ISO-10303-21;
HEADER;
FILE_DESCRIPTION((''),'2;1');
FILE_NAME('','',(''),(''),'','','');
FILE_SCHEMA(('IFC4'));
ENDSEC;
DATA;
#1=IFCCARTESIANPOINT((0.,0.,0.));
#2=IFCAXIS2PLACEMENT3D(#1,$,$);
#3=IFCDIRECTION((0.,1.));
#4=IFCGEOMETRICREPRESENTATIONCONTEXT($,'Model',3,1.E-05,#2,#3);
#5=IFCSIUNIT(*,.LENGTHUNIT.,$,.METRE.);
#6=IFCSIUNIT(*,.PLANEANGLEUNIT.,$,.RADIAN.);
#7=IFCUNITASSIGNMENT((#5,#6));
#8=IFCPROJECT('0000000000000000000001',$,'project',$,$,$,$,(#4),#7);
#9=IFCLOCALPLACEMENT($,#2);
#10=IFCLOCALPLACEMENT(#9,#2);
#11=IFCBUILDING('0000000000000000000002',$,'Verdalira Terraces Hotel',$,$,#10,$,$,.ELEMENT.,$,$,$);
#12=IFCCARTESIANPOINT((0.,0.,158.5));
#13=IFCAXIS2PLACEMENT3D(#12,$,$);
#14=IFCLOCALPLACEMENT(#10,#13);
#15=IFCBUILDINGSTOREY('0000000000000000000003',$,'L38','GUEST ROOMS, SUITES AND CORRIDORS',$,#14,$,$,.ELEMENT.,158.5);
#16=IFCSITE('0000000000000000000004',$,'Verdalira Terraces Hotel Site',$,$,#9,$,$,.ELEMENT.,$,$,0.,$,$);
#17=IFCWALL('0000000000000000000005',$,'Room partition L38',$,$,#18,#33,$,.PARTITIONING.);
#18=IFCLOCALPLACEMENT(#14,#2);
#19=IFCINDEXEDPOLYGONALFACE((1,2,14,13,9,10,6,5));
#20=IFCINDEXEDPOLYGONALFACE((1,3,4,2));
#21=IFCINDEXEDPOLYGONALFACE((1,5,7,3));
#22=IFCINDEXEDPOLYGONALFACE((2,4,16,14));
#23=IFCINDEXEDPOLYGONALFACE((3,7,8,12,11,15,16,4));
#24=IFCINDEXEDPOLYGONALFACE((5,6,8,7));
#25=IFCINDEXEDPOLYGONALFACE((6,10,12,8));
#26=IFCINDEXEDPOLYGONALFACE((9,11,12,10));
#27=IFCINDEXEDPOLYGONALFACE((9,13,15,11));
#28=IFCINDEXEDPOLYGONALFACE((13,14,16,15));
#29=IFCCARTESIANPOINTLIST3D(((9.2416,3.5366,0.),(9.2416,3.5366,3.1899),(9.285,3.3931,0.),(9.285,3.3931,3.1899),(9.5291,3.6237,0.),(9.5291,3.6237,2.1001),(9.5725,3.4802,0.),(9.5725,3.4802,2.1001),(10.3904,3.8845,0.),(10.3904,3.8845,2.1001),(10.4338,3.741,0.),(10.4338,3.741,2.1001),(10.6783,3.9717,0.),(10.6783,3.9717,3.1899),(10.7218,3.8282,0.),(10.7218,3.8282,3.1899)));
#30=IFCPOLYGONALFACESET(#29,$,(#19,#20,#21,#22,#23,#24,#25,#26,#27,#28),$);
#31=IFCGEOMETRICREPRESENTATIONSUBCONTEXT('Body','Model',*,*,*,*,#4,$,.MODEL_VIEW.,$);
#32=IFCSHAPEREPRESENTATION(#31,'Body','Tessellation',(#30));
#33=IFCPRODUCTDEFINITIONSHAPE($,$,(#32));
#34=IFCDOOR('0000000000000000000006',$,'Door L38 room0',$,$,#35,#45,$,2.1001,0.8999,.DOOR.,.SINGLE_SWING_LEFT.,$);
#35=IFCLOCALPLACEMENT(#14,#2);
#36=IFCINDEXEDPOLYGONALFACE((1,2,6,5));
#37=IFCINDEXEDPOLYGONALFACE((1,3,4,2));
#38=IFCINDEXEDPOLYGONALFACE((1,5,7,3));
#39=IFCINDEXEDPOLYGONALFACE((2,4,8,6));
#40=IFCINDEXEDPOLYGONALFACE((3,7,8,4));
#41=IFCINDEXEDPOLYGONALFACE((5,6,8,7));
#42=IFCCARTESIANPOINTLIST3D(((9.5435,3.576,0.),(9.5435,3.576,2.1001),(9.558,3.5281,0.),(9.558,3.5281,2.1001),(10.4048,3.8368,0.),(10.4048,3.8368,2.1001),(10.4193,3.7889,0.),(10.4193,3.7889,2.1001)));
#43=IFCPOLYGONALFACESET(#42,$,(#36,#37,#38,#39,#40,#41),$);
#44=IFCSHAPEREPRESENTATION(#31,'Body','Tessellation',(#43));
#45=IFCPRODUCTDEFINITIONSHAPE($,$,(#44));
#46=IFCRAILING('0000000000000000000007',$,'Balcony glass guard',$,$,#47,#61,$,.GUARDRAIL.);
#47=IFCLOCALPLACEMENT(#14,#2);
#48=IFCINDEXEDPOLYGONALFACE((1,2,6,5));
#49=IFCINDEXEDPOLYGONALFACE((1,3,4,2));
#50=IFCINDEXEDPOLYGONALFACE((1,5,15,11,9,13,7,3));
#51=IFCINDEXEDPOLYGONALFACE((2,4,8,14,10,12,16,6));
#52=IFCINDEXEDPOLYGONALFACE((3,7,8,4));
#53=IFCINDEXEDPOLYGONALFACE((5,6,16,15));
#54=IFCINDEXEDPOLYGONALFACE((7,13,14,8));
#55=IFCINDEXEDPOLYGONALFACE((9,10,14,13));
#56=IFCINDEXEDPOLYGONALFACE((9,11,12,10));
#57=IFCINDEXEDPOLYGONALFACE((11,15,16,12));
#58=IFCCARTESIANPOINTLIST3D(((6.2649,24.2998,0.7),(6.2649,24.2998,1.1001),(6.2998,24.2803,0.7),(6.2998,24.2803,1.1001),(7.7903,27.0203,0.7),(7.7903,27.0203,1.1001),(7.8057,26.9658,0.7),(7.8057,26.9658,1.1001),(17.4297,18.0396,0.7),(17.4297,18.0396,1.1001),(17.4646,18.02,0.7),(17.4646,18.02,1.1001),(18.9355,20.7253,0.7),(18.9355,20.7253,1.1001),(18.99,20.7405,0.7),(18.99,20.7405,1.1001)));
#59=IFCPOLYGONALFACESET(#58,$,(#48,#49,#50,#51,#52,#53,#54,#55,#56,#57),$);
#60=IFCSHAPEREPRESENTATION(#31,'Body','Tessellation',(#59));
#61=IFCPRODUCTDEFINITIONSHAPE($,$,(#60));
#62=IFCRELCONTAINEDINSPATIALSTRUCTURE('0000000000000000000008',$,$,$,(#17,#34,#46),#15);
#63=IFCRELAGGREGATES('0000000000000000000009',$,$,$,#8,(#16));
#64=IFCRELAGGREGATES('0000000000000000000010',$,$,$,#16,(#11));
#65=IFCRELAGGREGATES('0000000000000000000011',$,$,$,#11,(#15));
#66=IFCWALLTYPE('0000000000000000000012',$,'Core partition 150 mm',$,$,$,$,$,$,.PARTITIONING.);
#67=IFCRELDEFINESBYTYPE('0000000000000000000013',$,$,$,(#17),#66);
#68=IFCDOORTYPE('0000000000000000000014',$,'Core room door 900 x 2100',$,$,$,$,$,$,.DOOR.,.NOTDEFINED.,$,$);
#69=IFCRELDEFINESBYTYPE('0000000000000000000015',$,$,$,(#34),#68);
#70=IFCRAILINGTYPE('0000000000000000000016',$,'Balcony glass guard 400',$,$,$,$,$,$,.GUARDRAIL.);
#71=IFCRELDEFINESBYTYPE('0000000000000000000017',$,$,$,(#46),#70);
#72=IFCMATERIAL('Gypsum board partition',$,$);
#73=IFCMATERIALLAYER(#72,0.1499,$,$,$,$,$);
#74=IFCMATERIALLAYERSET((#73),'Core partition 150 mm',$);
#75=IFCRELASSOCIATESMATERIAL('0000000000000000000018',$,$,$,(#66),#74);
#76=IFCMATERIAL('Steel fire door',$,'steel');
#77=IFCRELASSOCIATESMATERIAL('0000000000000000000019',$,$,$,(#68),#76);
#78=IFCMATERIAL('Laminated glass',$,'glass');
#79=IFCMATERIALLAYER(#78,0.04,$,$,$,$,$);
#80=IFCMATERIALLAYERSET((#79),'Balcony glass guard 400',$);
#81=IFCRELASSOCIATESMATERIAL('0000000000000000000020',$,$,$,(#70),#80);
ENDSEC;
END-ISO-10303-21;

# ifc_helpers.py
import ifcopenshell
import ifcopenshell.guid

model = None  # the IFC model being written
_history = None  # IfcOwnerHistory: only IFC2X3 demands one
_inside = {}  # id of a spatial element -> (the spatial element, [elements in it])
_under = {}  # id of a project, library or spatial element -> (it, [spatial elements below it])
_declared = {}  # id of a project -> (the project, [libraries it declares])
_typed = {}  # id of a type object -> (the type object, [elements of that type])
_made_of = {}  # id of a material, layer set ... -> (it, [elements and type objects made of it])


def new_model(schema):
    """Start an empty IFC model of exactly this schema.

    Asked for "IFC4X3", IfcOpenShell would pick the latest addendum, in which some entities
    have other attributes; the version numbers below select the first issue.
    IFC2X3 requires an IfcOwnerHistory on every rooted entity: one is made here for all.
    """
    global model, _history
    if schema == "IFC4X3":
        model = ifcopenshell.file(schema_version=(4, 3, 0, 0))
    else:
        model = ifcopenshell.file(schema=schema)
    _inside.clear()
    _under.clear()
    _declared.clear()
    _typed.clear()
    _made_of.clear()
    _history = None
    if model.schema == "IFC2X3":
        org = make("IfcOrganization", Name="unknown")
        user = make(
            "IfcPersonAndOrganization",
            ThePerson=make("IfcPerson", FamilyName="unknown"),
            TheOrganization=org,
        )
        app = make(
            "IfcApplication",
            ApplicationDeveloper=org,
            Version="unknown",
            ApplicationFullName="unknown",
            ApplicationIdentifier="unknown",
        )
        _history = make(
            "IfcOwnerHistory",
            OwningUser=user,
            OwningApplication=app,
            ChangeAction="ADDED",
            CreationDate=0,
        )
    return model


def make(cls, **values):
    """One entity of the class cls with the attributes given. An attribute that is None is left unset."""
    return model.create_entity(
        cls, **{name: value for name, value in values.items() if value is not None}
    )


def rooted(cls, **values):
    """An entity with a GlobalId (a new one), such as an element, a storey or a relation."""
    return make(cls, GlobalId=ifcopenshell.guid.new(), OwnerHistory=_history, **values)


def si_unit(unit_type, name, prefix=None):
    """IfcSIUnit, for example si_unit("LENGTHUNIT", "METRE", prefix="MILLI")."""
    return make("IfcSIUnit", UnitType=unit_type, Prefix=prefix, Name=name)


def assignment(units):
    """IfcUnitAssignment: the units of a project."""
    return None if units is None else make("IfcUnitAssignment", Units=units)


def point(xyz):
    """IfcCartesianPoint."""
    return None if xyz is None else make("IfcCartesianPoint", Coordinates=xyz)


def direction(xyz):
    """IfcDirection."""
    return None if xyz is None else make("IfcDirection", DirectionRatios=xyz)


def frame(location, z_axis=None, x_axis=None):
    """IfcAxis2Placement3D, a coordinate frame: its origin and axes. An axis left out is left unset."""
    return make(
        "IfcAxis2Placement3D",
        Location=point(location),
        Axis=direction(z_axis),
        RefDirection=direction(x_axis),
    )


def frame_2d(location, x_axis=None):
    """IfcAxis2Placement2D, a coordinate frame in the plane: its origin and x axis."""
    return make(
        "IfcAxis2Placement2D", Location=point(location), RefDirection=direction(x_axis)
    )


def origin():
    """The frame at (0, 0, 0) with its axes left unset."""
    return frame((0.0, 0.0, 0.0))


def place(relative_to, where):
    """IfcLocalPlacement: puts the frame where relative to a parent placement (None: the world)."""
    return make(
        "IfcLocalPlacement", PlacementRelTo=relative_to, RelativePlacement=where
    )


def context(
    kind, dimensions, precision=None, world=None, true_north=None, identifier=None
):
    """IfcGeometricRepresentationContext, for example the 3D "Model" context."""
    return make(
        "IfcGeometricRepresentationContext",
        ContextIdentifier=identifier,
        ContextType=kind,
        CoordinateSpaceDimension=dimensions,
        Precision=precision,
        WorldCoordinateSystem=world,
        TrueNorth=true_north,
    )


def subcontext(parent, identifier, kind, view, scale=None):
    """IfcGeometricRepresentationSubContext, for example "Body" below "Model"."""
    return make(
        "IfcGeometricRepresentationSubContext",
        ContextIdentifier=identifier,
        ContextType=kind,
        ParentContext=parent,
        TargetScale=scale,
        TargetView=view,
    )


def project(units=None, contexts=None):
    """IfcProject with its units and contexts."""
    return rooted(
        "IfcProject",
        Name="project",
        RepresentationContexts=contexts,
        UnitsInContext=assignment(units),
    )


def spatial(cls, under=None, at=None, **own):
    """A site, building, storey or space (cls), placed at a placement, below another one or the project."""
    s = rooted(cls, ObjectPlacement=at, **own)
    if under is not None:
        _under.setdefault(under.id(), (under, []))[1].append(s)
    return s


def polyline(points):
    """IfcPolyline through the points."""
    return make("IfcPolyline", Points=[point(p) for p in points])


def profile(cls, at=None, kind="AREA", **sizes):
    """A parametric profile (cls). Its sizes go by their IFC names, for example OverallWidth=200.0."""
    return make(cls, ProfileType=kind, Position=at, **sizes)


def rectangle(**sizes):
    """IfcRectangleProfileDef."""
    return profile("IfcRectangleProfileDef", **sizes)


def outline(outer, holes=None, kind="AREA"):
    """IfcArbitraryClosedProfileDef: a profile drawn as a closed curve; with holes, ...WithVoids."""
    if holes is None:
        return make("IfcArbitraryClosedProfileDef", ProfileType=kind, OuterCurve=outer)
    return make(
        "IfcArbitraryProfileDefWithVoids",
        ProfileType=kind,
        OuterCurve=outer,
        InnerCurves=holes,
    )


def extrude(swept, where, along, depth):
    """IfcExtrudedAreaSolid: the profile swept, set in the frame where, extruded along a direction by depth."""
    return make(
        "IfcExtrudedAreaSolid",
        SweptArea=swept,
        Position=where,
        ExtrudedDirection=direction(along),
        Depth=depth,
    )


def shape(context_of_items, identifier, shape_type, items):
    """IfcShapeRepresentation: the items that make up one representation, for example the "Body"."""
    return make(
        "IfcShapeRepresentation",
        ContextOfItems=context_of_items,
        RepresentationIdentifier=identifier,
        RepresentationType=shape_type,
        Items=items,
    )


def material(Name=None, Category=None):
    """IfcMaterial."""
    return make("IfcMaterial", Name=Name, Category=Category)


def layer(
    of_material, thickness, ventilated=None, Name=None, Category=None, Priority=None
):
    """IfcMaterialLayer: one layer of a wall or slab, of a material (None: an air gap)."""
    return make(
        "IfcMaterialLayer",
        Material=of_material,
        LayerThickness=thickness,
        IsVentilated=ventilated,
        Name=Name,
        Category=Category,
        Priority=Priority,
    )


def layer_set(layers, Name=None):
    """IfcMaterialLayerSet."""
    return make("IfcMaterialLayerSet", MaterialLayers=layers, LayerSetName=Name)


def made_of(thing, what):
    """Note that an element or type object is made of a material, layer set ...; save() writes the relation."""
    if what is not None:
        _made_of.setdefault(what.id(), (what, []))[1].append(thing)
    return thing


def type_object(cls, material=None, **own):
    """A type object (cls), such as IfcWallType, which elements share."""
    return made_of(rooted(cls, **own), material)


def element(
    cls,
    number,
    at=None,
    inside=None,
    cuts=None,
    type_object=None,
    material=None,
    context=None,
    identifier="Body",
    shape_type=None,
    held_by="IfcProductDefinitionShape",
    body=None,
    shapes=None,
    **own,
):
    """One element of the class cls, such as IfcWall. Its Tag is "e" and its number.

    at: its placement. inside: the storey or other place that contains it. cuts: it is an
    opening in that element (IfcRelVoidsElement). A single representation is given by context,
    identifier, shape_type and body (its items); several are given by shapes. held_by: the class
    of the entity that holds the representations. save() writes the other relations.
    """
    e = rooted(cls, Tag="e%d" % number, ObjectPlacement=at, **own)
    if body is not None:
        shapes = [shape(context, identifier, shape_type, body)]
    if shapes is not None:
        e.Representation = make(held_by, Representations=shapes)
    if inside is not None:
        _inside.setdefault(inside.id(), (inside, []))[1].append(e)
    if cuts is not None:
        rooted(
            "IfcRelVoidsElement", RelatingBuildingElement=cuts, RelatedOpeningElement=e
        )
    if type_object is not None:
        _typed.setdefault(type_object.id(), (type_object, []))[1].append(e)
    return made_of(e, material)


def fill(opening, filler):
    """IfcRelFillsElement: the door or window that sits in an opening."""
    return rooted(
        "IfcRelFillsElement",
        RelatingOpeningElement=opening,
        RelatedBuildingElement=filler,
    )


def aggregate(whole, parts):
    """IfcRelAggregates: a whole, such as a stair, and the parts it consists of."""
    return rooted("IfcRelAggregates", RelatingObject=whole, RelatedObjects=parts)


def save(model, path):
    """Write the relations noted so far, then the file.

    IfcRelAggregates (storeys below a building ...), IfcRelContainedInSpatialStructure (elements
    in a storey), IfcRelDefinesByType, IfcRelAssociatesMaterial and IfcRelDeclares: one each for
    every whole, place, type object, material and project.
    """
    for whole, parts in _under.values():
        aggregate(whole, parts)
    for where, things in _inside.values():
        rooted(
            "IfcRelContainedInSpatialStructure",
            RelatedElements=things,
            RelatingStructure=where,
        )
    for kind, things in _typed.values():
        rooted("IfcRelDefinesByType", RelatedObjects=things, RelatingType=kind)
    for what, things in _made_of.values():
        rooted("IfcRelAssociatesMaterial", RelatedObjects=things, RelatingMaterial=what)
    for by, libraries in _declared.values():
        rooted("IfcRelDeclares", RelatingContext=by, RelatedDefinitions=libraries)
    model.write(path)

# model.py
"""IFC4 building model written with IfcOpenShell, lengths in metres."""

from ifc_helpers import new_model, si_unit, direction, frame, frame_2d, origin, place, context, subcontext, project, spatial, polyline, rectangle, outline, extrude, material, layer, layer_set, type_object, element, fill, save


model = new_model("IFC4")

# Units and contexts
model_context = context("Model", 3, precision=1e-05, world=origin(), true_north=direction((0.0, 1.0)))
body_context = subcontext(model_context, "Body", "Model", "MODEL_VIEW")
ifc_project = project(units=[si_unit("LENGTHUNIT", "METRE"), si_unit("PLANEANGLEUNIT", "RADIAN")], contexts=[model_context])

# Site, building, storey
site_placement = place(None, origin())
site = spatial("IfcSite", under=ifc_project, at=site_placement, Name="Verdalira Terraces Hotel Site", CompositionType="ELEMENT", RefElevation=0.0)
building_placement = place(site_placement, origin())
building = spatial("IfcBuilding", under=site, at=building_placement, Name="Verdalira Terraces Hotel", CompositionType="ELEMENT")
storey_placement = place(building_placement, frame((0.0, 0.0, 158.5)))
storey = spatial("IfcBuildingStorey", under=building, at=storey_placement, Name="L38", Description="GUEST ROOMS, SUITES AND CORRIDORS", CompositionType="ELEMENT", Elevation=158.5)

# Wall, opening, door
ifc_material_1 = material(Name="Gypsum board partition")
ifc_layer_1 = layer(ifc_material_1, 0.1499)
ifc_layer_set_1 = layer_set([ifc_layer_1], Name="Core partition 150 mm")
wall_type_1 = type_object("IfcWallType", Name="Core partition 150 mm", PredefinedType="PARTITIONING", material=ifc_layer_set_1)
wall_1_placement = place(storey_placement, frame((10.7, 3.8999, 0.0), z_axis=(0.0, 0.0, 1.0), x_axis=(-0.957085, -0.289809, 0.0)))
wall_1 = element("IfcWall", 1, at=wall_1_placement, inside=storey, type_object=wall_type_1, Name="Room partition L38", PredefinedType="PARTITIONING", context=body_context, shape_type="SweptSolid", body=[
    extrude(rectangle(XDim=1.5012, YDim=0.1499, at=frame_2d((0.7505, 0.0))), origin(), (0.0, 0.0, 1.0), 3.1899),
])
opening_1_placement = place(wall_1_placement, frame((0.3008, 0.0, 0.0)))
opening_1 = element("IfcOpeningElement", 2, at=opening_1_placement, cuts=wall_1, PredefinedType="OPENING", context=body_context, shape_type="SweptSolid", body=[
    extrude(rectangle(XDim=0.8999, YDim=2.1001, at=frame_2d((0.45, 1.05))), frame((0.0, 0.085, 0.0), z_axis=(0.0, -1.0, 0.0), x_axis=(1.0, 0.0, 0.0)), (0.0, 0.0, 1.0), 0.1699),
])
ifc_material_2 = material(Name="Steel fire door", Category="steel")
door_type_1 = type_object("IfcDoorType", Name="Core room door 900 x 2100", OperationType="NOTDEFINED", PredefinedType="DOOR", material=ifc_material_2)
door_1_placement = place(opening_1_placement, origin())
door_1 = element("IfcDoor", 3, at=door_1_placement, inside=storey, type_object=door_type_1, Name="Door L38 room0", OperationType="SINGLE_SWING_LEFT", OverallHeight=2.1001, OverallWidth=0.8999, PredefinedType="DOOR", context=body_context, shape_type="SweptSolid", body=[
    extrude(rectangle(XDim=0.8999, YDim=2.1001, at=frame_2d((0.45, 1.05))), frame((0.0, 0.0249, 0.0), z_axis=(0.0, -1.0, 0.0), x_axis=(1.0, 0.0, 0.0)), (0.0, 0.0, 1.0), 0.05),
])
fill(opening_1, door_1)

# Railing
ifc_material_3 = material(Name="Laminated glass", Category="glass")
ifc_layer_2 = layer(ifc_material_3, 0.04)
ifc_layer_set_2 = layer_set([ifc_layer_2], Name="Balcony glass guard 400")
railing_type_1 = type_object("IfcRailingType", Name="Balcony glass guard 400", PredefinedType="GUARDRAIL", material=ifc_layer_set_2)
railing_1_placement = place(storey_placement, frame((0.0, 0.0, 0.7)))
element("IfcRailing", 4, at=railing_1_placement, inside=storey, type_object=railing_type_1, Name="Balcony glass guard", PredefinedType="GUARDRAIL", context=body_context, shape_type="SweptSolid", body=[
    extrude(outline(polyline([(18.9355, 20.7253), (7.8057, 26.9658), (6.2998, 24.2803), (6.2649, 24.2998), (7.7903, 27.0203), (18.99, 20.7405), (17.4646, 18.02), (17.4297, 18.0396), (18.9355, 20.7253)])), origin(), (0.0, 0.0, 1.0), 0.4001),
])

save(model, "model.ifc")
